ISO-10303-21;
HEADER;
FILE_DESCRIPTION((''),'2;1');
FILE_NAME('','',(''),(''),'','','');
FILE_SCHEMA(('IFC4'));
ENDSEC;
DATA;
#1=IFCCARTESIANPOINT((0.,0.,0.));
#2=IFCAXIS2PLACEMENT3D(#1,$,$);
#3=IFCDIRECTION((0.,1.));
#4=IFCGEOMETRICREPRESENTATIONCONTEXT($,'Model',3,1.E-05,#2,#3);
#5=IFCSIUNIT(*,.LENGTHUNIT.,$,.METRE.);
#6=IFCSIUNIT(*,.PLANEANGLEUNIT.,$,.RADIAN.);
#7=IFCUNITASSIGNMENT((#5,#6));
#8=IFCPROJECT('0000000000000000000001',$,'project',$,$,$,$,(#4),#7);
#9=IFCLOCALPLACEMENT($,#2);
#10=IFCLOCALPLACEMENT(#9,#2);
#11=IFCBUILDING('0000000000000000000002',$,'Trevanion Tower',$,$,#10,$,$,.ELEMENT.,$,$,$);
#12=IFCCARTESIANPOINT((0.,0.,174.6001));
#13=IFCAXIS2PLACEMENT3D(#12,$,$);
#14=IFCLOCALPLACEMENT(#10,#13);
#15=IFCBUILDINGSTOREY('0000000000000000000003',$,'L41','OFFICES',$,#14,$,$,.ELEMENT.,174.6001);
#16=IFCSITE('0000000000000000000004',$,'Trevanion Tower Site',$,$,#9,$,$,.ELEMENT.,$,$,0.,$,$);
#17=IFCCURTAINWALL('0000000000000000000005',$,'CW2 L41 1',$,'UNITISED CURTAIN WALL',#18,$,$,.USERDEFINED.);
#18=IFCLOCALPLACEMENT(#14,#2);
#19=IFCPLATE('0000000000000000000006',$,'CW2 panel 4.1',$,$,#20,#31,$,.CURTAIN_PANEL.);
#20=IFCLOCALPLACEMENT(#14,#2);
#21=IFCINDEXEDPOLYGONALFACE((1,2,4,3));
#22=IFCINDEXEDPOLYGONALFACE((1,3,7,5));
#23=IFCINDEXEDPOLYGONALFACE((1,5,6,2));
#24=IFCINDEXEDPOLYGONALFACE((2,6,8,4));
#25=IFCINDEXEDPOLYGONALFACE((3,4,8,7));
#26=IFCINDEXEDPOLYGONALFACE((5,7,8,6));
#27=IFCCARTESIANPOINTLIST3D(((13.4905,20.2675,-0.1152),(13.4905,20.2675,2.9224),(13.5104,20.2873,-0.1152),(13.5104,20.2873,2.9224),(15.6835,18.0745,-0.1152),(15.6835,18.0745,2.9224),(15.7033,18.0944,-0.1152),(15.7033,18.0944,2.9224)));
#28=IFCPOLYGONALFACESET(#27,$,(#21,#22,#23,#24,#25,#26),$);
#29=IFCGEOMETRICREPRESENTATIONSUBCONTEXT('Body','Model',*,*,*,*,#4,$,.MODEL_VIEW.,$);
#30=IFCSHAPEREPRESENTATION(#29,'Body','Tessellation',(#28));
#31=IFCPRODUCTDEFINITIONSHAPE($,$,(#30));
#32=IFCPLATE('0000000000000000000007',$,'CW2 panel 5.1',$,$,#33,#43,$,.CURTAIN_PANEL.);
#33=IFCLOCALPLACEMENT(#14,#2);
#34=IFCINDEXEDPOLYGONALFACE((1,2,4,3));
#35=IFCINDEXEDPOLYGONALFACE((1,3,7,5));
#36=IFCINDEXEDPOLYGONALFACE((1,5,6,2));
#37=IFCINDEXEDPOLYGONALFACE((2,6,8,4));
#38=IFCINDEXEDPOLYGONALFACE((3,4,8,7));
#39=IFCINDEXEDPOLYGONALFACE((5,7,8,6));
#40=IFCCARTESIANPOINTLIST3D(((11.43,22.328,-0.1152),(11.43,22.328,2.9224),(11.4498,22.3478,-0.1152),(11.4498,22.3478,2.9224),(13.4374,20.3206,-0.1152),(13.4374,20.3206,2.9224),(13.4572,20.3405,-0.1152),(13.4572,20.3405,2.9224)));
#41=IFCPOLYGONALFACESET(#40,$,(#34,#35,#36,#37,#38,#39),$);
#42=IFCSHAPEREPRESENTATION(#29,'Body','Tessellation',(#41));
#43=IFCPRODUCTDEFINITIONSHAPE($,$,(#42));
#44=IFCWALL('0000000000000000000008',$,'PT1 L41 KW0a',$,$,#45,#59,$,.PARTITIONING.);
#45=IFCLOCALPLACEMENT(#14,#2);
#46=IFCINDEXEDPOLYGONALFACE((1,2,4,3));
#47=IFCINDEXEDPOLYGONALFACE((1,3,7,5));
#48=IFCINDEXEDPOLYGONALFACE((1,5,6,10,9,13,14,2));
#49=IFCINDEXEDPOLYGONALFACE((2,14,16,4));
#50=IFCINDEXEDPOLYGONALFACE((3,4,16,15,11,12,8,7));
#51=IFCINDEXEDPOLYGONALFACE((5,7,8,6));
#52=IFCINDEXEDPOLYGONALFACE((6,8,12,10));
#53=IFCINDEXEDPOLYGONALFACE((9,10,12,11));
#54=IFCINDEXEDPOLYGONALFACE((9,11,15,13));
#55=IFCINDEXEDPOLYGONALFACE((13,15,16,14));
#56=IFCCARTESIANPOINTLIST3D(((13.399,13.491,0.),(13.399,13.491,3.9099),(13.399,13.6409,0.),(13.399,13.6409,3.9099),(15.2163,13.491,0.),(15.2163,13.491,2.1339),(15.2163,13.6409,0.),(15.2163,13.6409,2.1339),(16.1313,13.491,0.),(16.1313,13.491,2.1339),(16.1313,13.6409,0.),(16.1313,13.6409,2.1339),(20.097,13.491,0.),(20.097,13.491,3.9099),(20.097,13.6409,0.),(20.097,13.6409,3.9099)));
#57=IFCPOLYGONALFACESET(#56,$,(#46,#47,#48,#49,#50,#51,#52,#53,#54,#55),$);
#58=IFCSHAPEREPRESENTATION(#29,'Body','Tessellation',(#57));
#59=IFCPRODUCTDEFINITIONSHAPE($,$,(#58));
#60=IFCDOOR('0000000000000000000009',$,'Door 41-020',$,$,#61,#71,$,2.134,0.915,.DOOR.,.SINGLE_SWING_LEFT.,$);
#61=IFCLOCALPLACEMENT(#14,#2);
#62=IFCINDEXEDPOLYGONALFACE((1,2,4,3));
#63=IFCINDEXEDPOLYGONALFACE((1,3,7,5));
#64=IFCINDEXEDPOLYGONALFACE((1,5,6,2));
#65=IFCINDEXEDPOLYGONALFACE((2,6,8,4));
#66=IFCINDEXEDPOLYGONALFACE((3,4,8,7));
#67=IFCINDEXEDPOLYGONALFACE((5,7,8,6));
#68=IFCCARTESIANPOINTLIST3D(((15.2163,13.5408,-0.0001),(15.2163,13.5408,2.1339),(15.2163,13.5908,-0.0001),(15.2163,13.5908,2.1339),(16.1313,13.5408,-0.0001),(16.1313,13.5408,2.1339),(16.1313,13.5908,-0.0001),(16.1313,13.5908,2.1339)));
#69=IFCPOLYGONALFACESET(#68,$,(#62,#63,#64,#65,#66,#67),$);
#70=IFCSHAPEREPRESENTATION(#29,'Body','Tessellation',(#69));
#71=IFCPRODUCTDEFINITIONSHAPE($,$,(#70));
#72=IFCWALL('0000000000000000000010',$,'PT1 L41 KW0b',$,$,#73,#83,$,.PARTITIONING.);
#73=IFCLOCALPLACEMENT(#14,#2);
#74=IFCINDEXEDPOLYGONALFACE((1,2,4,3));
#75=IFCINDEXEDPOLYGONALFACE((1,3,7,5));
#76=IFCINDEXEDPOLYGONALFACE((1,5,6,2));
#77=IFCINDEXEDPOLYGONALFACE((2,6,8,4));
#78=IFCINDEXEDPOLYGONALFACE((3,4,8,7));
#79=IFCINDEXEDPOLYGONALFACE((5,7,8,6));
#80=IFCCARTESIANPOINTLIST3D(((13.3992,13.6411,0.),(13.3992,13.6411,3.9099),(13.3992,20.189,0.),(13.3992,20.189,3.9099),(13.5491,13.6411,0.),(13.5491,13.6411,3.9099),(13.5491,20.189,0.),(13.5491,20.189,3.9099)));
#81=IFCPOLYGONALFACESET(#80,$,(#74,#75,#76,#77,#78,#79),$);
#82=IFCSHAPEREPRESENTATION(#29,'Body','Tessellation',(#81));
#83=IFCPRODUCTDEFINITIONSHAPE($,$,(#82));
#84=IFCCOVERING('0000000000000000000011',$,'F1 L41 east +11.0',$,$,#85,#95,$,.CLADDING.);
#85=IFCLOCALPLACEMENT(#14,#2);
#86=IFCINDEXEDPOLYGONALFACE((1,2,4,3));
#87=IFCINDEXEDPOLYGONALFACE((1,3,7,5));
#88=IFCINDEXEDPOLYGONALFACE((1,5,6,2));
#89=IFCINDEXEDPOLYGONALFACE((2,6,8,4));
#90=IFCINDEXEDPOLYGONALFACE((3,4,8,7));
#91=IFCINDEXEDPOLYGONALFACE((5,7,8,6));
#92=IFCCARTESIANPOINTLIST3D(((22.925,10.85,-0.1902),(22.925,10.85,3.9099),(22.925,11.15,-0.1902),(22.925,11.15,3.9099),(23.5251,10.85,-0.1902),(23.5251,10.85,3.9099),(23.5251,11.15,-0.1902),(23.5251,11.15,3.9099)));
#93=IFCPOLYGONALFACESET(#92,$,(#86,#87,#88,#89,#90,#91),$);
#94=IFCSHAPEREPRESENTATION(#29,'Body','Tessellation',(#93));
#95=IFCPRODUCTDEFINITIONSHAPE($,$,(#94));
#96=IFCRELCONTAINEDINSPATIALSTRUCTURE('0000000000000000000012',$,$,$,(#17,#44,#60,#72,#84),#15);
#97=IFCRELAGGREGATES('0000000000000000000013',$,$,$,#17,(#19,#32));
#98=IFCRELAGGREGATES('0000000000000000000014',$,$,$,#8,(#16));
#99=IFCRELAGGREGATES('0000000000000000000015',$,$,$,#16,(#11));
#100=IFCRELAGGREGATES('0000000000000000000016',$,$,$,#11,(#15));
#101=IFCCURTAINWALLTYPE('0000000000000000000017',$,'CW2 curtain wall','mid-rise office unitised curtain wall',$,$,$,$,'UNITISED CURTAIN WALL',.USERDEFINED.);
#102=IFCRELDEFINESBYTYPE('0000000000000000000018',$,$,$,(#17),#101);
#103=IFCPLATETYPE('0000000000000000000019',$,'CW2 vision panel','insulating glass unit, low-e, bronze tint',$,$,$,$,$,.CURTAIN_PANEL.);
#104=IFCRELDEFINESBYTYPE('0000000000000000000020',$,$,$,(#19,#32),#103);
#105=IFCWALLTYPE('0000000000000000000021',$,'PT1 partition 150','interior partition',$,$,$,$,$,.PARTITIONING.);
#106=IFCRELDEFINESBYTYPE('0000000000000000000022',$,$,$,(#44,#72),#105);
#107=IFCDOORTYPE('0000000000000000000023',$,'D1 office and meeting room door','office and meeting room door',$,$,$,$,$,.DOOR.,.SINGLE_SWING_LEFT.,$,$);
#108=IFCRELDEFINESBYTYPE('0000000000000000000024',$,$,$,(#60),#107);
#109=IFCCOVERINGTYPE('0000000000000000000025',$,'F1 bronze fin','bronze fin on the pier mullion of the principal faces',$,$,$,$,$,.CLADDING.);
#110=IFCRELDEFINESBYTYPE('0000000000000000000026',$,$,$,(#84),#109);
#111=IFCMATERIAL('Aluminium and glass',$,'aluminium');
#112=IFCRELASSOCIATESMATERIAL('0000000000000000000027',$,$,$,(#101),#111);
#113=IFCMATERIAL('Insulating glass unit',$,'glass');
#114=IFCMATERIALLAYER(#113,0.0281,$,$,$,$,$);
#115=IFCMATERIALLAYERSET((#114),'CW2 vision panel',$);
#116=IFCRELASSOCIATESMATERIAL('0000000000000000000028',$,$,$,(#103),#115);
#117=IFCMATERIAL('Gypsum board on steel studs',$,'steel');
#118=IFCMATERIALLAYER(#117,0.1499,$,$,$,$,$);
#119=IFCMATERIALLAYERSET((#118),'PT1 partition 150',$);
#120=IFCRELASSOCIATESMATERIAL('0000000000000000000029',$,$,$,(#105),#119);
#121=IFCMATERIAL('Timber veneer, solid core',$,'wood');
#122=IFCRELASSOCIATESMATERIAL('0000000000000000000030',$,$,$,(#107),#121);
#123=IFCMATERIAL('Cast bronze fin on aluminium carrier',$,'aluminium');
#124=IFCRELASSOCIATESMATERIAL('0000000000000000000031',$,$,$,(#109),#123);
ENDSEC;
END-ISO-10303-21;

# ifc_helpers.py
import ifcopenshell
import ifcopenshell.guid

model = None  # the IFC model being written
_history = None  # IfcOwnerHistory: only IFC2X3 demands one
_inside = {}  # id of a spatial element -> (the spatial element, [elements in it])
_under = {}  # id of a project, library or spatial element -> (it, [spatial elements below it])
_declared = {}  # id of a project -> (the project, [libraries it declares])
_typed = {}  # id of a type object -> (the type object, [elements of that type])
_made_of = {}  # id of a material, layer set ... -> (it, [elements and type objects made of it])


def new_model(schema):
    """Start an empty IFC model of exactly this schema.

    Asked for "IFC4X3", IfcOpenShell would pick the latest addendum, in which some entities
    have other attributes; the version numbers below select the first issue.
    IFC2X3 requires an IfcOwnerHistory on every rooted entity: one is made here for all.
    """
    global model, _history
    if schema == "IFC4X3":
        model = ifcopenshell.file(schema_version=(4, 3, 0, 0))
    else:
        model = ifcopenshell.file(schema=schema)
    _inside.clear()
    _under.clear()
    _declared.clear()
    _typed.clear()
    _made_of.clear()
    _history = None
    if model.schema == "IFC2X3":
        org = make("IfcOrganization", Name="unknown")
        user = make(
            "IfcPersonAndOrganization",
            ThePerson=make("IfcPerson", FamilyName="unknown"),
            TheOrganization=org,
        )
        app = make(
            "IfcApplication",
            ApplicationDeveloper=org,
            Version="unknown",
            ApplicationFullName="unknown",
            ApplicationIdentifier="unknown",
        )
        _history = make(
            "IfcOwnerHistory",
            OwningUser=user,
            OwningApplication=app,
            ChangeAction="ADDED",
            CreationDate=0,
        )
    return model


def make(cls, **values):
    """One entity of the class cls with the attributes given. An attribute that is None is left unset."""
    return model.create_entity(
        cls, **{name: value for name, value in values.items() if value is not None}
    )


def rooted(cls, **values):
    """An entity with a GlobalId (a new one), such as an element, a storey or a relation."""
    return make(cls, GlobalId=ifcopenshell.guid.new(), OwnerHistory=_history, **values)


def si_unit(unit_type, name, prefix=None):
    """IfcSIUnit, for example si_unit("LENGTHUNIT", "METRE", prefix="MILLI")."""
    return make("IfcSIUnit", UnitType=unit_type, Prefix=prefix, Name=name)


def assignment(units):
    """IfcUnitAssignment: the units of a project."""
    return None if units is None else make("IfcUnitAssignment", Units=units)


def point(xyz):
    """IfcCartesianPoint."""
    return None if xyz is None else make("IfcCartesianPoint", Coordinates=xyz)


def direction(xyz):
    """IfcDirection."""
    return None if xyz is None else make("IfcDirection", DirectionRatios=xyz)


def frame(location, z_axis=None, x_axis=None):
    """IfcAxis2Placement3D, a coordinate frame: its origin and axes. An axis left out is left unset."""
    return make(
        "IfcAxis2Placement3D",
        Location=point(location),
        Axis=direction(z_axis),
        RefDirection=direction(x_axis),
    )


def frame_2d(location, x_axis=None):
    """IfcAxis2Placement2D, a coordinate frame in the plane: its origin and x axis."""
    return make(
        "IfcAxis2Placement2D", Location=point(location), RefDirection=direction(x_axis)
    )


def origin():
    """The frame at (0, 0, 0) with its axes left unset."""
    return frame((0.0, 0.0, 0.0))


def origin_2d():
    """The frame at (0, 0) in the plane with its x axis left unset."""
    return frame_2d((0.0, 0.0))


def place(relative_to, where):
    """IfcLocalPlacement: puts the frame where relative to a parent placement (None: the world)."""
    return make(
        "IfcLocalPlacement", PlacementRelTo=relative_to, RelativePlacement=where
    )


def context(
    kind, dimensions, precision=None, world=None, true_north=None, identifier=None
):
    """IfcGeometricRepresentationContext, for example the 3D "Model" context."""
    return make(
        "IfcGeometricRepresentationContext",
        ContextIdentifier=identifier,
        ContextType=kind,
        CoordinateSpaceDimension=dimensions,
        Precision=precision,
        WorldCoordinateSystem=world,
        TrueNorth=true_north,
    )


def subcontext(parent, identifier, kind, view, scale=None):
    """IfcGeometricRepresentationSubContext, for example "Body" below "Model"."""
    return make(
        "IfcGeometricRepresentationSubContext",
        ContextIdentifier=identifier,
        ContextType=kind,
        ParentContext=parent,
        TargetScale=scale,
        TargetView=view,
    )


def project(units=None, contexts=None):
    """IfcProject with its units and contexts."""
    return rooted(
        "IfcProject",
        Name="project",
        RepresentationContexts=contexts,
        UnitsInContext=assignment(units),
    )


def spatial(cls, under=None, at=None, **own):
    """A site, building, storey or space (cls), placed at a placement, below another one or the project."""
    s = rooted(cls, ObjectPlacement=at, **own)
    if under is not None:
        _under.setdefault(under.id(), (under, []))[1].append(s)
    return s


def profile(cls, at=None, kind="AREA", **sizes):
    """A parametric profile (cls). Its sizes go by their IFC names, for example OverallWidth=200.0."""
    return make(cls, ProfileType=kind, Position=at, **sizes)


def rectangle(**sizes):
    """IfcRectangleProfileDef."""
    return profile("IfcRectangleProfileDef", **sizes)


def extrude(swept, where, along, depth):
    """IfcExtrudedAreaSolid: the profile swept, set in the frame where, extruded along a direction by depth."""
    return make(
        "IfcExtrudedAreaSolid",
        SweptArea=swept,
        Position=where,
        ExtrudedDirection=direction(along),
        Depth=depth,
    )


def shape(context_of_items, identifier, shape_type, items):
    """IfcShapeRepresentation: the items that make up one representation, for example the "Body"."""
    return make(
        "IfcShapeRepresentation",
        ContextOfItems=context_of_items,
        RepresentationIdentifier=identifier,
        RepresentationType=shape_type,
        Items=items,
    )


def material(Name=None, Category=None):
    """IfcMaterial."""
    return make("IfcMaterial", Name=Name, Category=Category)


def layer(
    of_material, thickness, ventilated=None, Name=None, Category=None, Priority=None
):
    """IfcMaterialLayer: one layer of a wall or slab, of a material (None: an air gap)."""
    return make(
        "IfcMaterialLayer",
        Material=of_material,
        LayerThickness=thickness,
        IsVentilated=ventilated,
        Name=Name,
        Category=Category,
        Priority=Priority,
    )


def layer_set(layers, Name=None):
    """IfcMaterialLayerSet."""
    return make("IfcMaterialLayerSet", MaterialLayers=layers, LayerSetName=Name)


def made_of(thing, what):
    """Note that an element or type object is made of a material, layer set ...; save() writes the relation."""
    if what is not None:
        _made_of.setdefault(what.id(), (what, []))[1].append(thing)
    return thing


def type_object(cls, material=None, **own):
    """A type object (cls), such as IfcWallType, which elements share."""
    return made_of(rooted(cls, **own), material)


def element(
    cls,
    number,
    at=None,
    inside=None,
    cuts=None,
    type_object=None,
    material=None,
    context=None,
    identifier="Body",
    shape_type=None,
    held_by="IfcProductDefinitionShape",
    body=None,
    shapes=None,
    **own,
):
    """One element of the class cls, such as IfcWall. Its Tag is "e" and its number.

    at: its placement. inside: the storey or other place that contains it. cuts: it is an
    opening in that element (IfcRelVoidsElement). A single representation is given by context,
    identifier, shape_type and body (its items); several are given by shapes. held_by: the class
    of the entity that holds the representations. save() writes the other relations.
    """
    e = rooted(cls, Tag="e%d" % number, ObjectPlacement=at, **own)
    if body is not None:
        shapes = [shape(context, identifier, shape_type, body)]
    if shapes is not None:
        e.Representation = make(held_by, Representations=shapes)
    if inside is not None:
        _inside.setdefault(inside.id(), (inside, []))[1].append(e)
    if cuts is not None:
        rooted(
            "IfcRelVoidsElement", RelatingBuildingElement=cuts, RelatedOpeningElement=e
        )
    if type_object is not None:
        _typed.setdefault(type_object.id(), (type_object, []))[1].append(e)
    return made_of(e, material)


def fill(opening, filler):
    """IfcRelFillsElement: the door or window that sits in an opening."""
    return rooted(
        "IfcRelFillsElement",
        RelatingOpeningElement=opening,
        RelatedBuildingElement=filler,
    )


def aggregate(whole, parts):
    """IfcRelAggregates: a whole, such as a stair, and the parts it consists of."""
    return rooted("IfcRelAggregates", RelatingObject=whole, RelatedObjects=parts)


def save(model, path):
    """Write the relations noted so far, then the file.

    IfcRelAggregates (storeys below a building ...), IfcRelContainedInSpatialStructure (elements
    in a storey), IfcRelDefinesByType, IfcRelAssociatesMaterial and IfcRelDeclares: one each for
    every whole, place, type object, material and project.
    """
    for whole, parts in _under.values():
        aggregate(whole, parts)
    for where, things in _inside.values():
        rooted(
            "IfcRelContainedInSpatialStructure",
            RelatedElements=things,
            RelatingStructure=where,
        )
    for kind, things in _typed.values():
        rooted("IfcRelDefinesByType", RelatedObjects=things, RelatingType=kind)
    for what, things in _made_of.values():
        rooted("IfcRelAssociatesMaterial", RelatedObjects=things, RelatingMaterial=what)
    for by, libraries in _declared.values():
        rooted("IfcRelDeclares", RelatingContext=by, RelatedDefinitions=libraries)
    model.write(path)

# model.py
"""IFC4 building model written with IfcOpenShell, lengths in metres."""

from ifc_helpers import new_model, si_unit, direction, frame, frame_2d, origin, origin_2d, place, context, subcontext, project, spatial, rectangle, extrude, material, layer, layer_set, type_object, element, fill, aggregate, save


model = new_model("IFC4")

# Units and contexts
model_context = context("Model", 3, precision=1e-05, world=origin(), true_north=direction((0.0, 1.0)))
body_context = subcontext(model_context, "Body", "Model", "MODEL_VIEW")
ifc_project = project(units=[si_unit("LENGTHUNIT", "METRE"), si_unit("PLANEANGLEUNIT", "RADIAN")], contexts=[model_context])

# Site, building, storey
site_placement = place(None, origin())
site = spatial("IfcSite", under=ifc_project, at=site_placement, Name="Trevanion Tower Site", CompositionType="ELEMENT", RefElevation=0.0)
building_placement = place(site_placement, origin())
building = spatial("IfcBuilding", under=site, at=building_placement, Name="Trevanion Tower", CompositionType="ELEMENT")
storey_placement = place(building_placement, frame((0.0, 0.0, 174.6001)))
storey = spatial("IfcBuildingStorey", under=building, at=storey_placement, Name="L41", Description="OFFICES", CompositionType="ELEMENT", Elevation=174.6001)

# Curtain wall
ifc_material_1 = material(Name="Aluminium and glass", Category="aluminium")
curtain_wall_type = type_object("IfcCurtainWallType", Name="CW2 curtain wall", Description="mid-rise office unitised curtain wall", ElementType="UNITISED CURTAIN WALL", PredefinedType="USERDEFINED", material=ifc_material_1)
curtain_wall_1_placement = place(storey_placement, origin())
curtain_wall_1 = element("IfcCurtainWall", 1, at=curtain_wall_1_placement, inside=storey, type_object=curtain_wall_type, Name="CW2 L41 1", ObjectType="UNITISED CURTAIN WALL", PredefinedType="USERDEFINED")

# Plates
ifc_material_2 = material(Name="Insulating glass unit", Category="glass")
ifc_layer_1 = layer(ifc_material_2, 0.0281)
ifc_layer_set_1 = layer_set([ifc_layer_1], Name="CW2 vision panel")
plate_type_1 = type_object("IfcPlateType", Name="CW2 vision panel", Description="insulating glass unit, low-e, bronze tint", PredefinedType="CURTAIN_PANEL", material=ifc_layer_set_1)
plate_1_placement = place(storey_placement, frame((14.5969, 19.1809, -0.1152), z_axis=(0.0, 0.0, 1.0), x_axis=(-0.707107, 0.707107, 0.0)))
plate_1 = element("IfcPlate", 2, at=plate_1_placement, type_object=plate_type_1, Name="CW2 panel 4.1", PredefinedType="CURTAIN_PANEL", context=body_context, shape_type="SweptSolid", body=[
    extrude(rectangle(XDim=3.1013, YDim=0.0281, at=origin_2d()), origin(), (0.0, 0.0, 1.0), 3.0376),
])
plate_2_placement = place(storey_placement, frame((12.4436, 21.3342, -0.1152), z_axis=(0.0, 0.0, 1.0), x_axis=(-0.707107, 0.707107, 0.0)))
plate_2 = element("IfcPlate", 3, at=plate_2_placement, type_object=plate_type_1, Name="CW2 panel 5.1", PredefinedType="CURTAIN_PANEL", context=body_context, shape_type="SweptSolid", body=[
    extrude(rectangle(XDim=2.8389, YDim=0.0281, at=origin_2d()), origin(), (0.0, 0.0, 1.0), 3.0376),
])
aggregate(curtain_wall_1, [plate_1, plate_2])

# Wall, opening, door
ifc_material_3 = material(Name="Gypsum board on steel studs", Category="steel")
ifc_layer_2 = layer(ifc_material_3, 0.1499)
ifc_layer_set_2 = layer_set([ifc_layer_2], Name="PT1 partition 150")
wall_type = type_object("IfcWallType", Name="PT1 partition 150", Description="interior partition", PredefinedType="PARTITIONING", material=ifc_layer_set_2)
wall_1_placement = place(storey_placement, frame((13.3989, 13.5659, 0.0), z_axis=(0.0, 0.0, 1.0), x_axis=(1.0, 0.0, 0.0)))
wall_1 = element("IfcWall", 4, at=wall_1_placement, inside=storey, type_object=wall_type, Name="PT1 L41 KW0a", PredefinedType="PARTITIONING", context=body_context, shape_type="SweptSolid", body=[
    extrude(rectangle(XDim=6.698, YDim=0.1499, at=frame_2d((3.3491, 0.0))), origin(), (0.0, 0.0, 1.0), 3.9099),
])
opening_placement = place(wall_1_placement, frame((1.8174, 0.0, 0.0)))
opening = element("IfcOpeningElement", 5, at=opening_placement, cuts=wall_1, PredefinedType="OPENING", context=body_context, shape_type="SweptSolid", body=[
    extrude(rectangle(XDim=0.915, YDim=2.134, at=frame_2d((0.4575, 1.0669))), frame((0.0, 0.085, 0.0), z_axis=(0.0, -1.0, 0.0), x_axis=(1.0, 0.0, 0.0)), (0.0, 0.0, 1.0), 0.1699),
])
ifc_material_4 = material(Name="Timber veneer, solid core", Category="wood")
door_type = type_object("IfcDoorType", Name="D1 office and meeting room door", Description="office and meeting room door", OperationType="SINGLE_SWING_LEFT", PredefinedType="DOOR", material=ifc_material_4)
door_placement = place(opening_placement, origin())
door = element("IfcDoor", 6, at=door_placement, inside=storey, type_object=door_type, Name="Door 41-020", OperationType="SINGLE_SWING_LEFT", OverallHeight=2.134, OverallWidth=0.915, PredefinedType="DOOR", context=body_context, shape_type="SweptSolid", body=[
    extrude(rectangle(XDim=0.915, YDim=2.134, at=frame_2d((0.4575, 1.0669))), frame((0.0, 0.0249, 0.0), z_axis=(0.0, -1.0, 0.0), x_axis=(1.0, 0.0, 0.0)), (0.0, 0.0, 1.0), 0.05),
])
fill(opening, door)

# Wall
wall_2_placement = place(storey_placement, frame((13.4741, 13.6411, 0.0), z_axis=(0.0, 0.0, 1.0), x_axis=(0.0, 1.0, 0.0)))
element("IfcWall", 7, at=wall_2_placement, inside=storey, type_object=wall_type, Name="PT1 L41 KW0b", PredefinedType="PARTITIONING", context=body_context, shape_type="SweptSolid", body=[
    extrude(rectangle(XDim=6.5479, YDim=0.1499, at=frame_2d((3.2739, 0.0))), origin(), (0.0, 0.0, 1.0), 3.9099),
])

# Covering
ifc_material_5 = material(Name="Cast bronze fin on aluminium carrier", Category="aluminium")
covering_type = type_object("IfcCoveringType", Name="F1 bronze fin", Description="bronze fin on the pier mullion of the principal faces", PredefinedType="CLADDING", material=ifc_material_5)
covering_placement = place(storey_placement, frame((23.2251, 11.0, -0.1902), z_axis=(0.0, 0.0, 1.0), x_axis=(0.0, 1.0, 0.0)))
element("IfcCovering", 8, at=covering_placement, inside=storey, type_object=covering_type, Name="F1 L41 east +11.0", PredefinedType="CLADDING", context=body_context, shape_type="SweptSolid", body=[
    extrude(rectangle(XDim=0.3, YDim=0.6001, at=origin_2d()), origin(), (0.0, 0.0, 1.0), 4.1001),
])

save(model, "model.ifc")
